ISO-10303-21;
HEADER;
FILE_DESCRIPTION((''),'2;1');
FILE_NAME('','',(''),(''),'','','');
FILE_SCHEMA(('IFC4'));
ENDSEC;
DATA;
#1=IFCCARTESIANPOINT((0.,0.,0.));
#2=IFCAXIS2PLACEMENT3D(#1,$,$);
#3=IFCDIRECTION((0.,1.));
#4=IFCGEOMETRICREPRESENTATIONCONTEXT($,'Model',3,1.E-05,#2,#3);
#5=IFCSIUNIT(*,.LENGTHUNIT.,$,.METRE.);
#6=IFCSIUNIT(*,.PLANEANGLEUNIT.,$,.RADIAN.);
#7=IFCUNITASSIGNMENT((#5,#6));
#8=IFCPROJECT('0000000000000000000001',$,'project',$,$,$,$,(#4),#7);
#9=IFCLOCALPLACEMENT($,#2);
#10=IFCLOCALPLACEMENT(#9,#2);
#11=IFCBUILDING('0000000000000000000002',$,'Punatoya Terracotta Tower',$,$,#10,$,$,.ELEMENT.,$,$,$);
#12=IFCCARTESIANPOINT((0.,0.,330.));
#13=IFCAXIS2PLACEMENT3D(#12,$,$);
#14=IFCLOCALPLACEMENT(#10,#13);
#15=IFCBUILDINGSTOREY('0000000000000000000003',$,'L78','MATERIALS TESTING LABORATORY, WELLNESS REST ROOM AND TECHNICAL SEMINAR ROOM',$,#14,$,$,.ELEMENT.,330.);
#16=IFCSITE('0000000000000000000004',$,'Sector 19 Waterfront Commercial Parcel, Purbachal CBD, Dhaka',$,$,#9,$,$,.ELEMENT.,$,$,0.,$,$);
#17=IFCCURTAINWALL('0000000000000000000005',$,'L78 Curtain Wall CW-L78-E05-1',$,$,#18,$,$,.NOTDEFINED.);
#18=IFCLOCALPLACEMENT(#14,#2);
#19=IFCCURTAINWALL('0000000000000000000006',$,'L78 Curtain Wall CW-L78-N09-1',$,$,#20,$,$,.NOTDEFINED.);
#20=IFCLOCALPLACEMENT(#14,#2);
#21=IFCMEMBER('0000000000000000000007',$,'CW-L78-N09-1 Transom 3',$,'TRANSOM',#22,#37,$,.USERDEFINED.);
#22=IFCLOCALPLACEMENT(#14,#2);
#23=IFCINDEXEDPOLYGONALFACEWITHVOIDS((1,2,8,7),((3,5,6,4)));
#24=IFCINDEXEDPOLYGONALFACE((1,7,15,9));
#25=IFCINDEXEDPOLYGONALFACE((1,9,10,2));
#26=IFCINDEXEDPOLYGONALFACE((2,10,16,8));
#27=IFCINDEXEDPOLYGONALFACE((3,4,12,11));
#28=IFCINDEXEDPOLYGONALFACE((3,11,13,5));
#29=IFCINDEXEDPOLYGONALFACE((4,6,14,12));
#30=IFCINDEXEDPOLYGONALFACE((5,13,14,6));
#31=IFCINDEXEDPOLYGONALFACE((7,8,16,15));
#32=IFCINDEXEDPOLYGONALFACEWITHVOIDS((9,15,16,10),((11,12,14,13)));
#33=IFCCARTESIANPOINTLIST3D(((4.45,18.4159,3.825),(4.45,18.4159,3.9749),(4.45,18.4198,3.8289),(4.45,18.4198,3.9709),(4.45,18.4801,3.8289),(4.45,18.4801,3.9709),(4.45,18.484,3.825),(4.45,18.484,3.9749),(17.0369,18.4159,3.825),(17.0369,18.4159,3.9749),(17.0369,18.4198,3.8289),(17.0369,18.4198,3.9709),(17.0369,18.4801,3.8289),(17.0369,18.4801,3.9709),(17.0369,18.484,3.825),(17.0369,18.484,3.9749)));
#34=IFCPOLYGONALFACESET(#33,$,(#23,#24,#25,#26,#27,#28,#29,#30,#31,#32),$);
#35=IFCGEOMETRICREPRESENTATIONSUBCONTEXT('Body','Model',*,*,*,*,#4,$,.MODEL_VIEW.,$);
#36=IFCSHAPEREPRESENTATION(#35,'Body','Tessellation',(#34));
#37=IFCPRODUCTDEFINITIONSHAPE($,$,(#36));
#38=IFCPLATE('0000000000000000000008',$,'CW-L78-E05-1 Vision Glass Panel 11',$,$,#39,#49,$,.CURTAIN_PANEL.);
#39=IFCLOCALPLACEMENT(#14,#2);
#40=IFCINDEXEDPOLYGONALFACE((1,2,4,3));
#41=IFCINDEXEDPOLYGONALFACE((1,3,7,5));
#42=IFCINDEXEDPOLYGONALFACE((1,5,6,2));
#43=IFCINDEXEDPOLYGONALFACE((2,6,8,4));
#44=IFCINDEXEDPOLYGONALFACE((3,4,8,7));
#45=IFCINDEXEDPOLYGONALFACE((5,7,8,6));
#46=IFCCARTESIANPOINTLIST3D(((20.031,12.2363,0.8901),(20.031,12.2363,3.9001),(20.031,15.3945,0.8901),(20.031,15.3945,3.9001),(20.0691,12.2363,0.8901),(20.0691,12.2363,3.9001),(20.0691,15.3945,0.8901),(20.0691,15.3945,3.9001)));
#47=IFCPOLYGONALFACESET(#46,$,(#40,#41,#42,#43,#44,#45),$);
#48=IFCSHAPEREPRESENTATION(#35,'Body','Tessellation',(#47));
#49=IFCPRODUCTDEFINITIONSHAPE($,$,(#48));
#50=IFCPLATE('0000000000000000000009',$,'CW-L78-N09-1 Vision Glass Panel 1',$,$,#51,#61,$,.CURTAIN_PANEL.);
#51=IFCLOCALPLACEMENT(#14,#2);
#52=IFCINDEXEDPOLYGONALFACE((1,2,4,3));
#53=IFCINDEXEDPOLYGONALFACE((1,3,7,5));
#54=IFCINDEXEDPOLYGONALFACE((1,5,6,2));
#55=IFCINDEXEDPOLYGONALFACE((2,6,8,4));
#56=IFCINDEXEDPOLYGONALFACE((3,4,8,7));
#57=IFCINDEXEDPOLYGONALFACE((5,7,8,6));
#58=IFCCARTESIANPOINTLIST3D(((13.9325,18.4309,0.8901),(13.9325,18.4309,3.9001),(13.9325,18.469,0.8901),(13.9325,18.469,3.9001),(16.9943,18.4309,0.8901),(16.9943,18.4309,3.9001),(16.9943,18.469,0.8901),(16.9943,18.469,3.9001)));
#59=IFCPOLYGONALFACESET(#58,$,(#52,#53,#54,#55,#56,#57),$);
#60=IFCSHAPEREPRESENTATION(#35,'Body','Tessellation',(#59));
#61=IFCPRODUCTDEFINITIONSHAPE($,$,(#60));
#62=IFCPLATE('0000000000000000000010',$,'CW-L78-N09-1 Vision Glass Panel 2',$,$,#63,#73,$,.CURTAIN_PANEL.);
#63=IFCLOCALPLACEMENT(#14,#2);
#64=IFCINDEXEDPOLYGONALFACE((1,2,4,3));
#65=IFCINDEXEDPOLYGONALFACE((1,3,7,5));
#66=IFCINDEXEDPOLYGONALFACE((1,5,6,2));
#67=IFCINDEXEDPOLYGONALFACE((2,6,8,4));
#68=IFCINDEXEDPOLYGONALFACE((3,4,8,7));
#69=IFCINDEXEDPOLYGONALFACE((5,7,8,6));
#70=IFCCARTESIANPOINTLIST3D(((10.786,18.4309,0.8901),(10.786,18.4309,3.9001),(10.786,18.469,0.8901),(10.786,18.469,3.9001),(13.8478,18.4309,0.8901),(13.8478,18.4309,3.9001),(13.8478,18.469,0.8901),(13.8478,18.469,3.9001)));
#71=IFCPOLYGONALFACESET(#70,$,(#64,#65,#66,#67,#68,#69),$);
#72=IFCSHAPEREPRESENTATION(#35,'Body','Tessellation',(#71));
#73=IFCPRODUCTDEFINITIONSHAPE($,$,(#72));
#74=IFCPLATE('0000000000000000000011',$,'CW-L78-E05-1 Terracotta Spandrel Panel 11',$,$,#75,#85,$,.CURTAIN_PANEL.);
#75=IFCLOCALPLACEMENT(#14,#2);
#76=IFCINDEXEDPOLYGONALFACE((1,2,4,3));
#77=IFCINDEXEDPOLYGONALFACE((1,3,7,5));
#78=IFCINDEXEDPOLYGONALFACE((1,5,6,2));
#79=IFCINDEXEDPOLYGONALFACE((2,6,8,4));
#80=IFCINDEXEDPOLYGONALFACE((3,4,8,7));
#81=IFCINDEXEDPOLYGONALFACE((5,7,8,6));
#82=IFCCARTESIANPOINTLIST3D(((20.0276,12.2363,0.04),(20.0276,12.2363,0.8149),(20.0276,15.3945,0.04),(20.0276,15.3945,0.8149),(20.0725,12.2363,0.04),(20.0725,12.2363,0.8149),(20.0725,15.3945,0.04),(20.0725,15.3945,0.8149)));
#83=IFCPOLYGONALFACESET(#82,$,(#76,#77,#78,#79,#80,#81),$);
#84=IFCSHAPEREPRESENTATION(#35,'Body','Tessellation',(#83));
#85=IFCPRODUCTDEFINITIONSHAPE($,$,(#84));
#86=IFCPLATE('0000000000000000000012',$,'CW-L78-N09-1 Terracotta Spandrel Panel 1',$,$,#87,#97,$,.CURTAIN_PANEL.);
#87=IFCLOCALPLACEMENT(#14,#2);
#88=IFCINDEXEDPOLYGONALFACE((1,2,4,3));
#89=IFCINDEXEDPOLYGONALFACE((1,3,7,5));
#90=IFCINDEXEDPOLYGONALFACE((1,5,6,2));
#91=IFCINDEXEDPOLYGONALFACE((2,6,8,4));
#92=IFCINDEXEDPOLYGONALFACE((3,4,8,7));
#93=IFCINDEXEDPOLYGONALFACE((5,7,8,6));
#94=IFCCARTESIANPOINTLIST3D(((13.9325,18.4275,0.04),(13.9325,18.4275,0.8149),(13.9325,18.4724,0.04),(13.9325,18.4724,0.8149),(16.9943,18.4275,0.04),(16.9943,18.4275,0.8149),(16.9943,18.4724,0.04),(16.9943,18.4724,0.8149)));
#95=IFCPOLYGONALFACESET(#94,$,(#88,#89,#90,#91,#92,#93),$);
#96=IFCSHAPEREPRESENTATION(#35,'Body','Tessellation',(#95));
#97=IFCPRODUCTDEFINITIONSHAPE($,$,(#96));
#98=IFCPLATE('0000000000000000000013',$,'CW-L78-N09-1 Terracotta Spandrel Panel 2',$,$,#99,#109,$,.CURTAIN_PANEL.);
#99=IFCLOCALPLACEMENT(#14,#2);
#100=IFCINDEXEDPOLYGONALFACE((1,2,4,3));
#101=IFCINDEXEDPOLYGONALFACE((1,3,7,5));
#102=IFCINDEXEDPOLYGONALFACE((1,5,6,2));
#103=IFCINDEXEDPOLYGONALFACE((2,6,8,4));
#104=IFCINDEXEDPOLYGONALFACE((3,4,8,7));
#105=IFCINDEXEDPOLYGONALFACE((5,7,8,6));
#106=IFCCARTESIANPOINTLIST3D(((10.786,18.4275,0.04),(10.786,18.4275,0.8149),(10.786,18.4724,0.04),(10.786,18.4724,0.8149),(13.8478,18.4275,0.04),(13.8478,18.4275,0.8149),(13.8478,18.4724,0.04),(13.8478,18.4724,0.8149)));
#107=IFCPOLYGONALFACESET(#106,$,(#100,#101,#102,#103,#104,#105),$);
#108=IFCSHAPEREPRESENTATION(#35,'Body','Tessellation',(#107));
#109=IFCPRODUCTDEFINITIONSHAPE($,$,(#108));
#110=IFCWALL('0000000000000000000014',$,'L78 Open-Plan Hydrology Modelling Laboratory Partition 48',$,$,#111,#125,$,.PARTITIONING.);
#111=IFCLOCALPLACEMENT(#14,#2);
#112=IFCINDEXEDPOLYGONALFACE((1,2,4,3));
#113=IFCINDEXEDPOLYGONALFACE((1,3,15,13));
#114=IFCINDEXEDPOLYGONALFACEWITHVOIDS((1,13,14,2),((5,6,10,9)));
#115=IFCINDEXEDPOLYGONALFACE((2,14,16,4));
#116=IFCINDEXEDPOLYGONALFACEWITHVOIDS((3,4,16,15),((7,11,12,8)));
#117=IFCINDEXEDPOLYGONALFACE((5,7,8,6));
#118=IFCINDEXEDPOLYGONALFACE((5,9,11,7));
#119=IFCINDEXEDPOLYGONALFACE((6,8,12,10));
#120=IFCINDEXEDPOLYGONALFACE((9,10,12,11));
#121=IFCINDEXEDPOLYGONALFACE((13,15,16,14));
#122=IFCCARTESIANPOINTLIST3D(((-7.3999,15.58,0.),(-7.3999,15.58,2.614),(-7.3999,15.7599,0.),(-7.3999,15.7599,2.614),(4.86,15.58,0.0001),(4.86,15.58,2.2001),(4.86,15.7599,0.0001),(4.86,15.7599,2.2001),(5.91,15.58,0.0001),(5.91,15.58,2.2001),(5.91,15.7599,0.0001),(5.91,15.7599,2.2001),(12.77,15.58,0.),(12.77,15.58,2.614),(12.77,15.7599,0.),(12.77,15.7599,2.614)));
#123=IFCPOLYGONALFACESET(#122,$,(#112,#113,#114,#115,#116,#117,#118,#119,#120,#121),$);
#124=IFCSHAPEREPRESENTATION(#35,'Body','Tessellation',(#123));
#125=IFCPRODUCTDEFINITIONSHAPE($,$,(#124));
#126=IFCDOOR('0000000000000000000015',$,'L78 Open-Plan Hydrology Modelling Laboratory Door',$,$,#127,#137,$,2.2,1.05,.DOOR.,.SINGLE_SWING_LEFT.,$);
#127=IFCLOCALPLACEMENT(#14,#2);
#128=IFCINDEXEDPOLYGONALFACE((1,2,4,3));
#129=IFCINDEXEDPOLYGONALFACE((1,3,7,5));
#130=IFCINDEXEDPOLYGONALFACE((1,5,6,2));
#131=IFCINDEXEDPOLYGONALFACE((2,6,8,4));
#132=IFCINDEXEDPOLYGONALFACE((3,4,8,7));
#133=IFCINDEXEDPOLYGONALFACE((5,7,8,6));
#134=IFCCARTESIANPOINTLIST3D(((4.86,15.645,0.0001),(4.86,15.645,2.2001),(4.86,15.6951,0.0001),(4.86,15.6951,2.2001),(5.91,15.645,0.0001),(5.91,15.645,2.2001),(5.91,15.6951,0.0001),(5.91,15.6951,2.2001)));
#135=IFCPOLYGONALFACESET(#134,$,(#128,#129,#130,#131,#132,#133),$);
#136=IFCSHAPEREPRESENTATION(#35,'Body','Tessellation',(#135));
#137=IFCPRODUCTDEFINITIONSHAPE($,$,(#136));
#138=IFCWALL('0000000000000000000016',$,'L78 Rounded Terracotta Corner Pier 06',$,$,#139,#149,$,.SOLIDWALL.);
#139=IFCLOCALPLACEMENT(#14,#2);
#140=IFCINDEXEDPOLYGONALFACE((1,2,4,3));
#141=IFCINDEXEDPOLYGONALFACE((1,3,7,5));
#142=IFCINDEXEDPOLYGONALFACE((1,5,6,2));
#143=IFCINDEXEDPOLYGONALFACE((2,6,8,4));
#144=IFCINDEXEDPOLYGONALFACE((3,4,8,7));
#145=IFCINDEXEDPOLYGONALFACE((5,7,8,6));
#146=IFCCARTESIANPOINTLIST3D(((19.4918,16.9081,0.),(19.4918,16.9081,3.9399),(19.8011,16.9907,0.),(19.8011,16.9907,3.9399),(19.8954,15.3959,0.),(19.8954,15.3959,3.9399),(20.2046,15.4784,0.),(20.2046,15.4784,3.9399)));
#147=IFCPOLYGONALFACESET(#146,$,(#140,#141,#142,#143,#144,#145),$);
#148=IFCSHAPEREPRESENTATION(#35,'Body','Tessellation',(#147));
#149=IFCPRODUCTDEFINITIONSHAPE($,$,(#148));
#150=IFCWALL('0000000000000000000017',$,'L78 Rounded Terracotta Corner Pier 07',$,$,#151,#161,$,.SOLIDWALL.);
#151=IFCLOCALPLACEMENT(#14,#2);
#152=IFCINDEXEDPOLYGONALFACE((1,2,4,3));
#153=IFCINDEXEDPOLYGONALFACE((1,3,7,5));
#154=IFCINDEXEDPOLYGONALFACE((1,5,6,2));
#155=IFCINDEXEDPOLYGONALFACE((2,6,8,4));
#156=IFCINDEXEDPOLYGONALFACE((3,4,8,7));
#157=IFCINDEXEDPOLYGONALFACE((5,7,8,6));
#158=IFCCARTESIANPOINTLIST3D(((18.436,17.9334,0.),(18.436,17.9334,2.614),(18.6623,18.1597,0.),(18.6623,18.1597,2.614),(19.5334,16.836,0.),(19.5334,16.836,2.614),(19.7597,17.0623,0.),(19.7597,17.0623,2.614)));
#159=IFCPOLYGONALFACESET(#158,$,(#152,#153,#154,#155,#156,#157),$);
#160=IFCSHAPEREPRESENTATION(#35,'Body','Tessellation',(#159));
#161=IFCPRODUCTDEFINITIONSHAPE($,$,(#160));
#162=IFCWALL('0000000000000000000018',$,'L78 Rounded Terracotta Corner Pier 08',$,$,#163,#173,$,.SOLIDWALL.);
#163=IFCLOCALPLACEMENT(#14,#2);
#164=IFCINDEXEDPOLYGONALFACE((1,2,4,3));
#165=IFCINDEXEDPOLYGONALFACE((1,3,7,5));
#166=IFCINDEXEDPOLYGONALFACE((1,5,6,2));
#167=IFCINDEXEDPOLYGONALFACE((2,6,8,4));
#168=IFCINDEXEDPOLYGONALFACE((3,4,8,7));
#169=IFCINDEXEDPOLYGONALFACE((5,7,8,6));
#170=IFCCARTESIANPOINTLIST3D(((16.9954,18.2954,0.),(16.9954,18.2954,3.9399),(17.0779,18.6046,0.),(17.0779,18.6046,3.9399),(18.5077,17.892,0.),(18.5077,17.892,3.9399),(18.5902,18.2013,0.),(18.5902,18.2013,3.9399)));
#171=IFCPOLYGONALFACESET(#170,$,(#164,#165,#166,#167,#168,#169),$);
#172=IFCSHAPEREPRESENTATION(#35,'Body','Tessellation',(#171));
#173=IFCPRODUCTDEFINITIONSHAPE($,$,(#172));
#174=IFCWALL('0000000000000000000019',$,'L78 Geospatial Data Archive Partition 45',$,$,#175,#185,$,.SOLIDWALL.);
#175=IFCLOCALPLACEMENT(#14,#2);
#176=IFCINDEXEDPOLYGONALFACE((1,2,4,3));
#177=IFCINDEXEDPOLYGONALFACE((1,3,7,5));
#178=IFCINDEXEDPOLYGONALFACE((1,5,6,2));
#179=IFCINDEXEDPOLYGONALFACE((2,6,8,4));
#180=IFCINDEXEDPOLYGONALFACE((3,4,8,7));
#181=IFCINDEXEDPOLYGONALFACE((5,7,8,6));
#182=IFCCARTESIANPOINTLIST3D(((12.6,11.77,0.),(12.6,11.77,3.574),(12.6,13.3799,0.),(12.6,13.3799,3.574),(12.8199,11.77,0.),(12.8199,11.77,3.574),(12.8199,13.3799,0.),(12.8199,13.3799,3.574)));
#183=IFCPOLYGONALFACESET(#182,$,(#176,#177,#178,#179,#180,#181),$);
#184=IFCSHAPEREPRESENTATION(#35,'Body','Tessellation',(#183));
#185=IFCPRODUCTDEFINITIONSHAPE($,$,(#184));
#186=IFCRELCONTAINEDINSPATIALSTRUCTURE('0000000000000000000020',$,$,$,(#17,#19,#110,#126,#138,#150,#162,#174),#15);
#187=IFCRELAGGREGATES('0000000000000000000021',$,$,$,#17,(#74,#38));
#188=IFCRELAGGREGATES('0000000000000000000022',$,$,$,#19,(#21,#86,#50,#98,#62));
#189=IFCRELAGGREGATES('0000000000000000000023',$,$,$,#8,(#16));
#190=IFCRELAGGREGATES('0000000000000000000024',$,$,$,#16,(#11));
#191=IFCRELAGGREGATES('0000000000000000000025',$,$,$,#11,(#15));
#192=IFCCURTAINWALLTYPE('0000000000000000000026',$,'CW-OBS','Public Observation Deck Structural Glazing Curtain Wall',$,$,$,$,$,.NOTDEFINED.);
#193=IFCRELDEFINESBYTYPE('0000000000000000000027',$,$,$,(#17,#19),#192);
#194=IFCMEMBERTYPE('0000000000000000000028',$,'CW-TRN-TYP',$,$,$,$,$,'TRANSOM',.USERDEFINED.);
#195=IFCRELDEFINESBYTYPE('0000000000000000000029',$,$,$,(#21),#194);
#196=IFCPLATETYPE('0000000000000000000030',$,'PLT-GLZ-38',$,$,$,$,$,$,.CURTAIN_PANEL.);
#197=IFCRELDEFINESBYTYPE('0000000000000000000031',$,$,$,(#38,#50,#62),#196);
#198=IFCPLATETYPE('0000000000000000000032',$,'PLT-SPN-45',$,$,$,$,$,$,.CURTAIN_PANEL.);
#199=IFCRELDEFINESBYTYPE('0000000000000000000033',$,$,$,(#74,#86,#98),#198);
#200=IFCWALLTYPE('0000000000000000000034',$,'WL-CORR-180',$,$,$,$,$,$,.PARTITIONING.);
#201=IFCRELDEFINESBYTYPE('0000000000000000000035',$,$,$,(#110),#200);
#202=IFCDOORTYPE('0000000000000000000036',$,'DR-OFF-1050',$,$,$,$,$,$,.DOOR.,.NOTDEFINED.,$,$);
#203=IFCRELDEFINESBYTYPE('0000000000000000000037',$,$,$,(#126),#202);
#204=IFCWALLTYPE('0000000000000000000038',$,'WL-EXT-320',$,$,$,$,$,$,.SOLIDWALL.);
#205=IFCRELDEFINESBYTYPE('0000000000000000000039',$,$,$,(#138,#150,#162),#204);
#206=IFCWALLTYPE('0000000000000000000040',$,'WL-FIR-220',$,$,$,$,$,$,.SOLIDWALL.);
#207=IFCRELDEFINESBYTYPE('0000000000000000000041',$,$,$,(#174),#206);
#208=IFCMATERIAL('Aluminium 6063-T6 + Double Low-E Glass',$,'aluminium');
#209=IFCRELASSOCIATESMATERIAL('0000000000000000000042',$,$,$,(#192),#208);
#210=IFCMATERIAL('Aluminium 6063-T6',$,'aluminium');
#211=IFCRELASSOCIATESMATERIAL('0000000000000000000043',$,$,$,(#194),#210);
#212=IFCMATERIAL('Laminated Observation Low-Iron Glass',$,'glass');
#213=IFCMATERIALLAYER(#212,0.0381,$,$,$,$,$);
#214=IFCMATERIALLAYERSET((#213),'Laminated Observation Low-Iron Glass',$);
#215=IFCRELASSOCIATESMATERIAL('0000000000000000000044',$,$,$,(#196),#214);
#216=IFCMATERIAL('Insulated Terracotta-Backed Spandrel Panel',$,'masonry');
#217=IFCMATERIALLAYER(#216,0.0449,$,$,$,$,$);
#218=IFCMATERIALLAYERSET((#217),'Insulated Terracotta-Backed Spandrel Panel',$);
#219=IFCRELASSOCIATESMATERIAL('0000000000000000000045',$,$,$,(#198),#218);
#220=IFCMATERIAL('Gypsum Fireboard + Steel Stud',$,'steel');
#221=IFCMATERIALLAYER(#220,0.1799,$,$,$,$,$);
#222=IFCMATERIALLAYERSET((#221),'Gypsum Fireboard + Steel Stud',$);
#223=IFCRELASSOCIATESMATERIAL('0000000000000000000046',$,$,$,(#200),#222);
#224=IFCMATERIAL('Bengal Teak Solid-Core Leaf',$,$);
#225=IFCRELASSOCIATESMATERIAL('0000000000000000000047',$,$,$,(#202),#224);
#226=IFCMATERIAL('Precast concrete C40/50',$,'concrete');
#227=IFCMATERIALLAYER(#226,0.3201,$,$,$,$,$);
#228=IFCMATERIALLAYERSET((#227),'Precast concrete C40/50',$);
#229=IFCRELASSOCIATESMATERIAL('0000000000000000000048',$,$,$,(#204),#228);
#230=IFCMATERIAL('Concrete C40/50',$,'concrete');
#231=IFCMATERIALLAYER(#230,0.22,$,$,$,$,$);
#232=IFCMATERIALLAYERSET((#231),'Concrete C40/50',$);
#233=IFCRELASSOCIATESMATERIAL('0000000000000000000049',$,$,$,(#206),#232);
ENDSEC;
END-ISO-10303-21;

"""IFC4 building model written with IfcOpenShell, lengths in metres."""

from ifc_helpers import new_model, si_unit, direction, frame, frame_2d, origin, origin_2d, place, context, subcontext, project, spatial, rectangle, hollow_rectangle, extrude, material, layer, layer_set, material_profile, profile_set, type_object, element, fill, aggregate, save


model = new_model("IFC4")

# Units and contexts
model_context = context("Model", 3, precision=1e-05, world=origin(), true_north=direction((0.0, 1.0)))
body_context = subcontext(model_context, "Body", "Model", "MODEL_VIEW")
ifc_project = project(units=[si_unit("LENGTHUNIT", "METRE"), si_unit("PLANEANGLEUNIT", "RADIAN")], contexts=[model_context])

# Site, building, storey
site_placement = place(None, origin())
site = spatial("IfcSite", under=ifc_project, at=site_placement, Name="Sector 19 Waterfront Commercial Parcel, Purbachal CBD, Dhaka", CompositionType="ELEMENT", RefElevation=0.0)
building_placement = place(site_placement, origin())
building = spatial("IfcBuilding", under=site, at=building_placement, Name="Punatoya Terracotta Tower", CompositionType="ELEMENT")
storey_placement = place(building_placement, frame((0.0, 0.0, 330.0)))
storey = spatial("IfcBuildingStorey", under=building, at=storey_placement, Name="L78", Description="MATERIALS TESTING LABORATORY, WELLNESS REST ROOM AND TECHNICAL SEMINAR ROOM", CompositionType="ELEMENT", Elevation=330.0)

# Curtain walls, member
ifc_material_1 = material(Name="Aluminium 6063-T6 + Double Low-E Glass", Category="aluminium")
curtain_wall_type = type_object("IfcCurtainWallType", Name="CW-OBS", Description="Public Observation Deck Structural Glazing Curtain Wall", PredefinedType="NOTDEFINED", material=ifc_material_1)
curtain_wall_1_placement = place(storey_placement, origin())
curtain_wall_1 = element("IfcCurtainWall", 1, at=curtain_wall_1_placement, inside=storey, type_object=curtain_wall_type, Name="L78 Curtain Wall CW-L78-E05-1", PredefinedType="NOTDEFINED")
ifc_material_2 = material(Name="Aluminium 6063-T6", Category="aluminium")
curtain_wall_2_placement = place(storey_placement, origin())
curtain_wall_2 = element("IfcCurtainWall", 2, at=curtain_wall_2_placement, inside=storey, type_object=curtain_wall_type, Name="L78 Curtain Wall CW-L78-N09-1", PredefinedType="NOTDEFINED")
ifc_material_profile_1 = material_profile(ifc_material_2, hollow_rectangle(XDim=0.0681, YDim=0.1499, WallThickness=0.0039, at=origin_2d()))
ifc_profile_set_1 = profile_set([ifc_material_profile_1], Name="Aluminium 6063-T6")
member_type_1 = type_object("IfcMemberType", Name="CW-TRN-TYP", ElementType="TRANSOM", PredefinedType="USERDEFINED", material=ifc_profile_set_1)
member_1_placement = place(storey_placement, frame((17.0369, 18.45, 3.8999), z_axis=(-1.0, 0.0, 0.0), x_axis=(0.0, -1.0, 0.0)))
member_1 = element("IfcMember", 3, at=member_1_placement, type_object=member_type_1, Name="CW-L78-N09-1 Transom 3", ObjectType="TRANSOM", PredefinedType="USERDEFINED", context=body_context, shape_type="SweptSolid", body=[
    extrude(hollow_rectangle(XDim=0.0681, YDim=0.1499, WallThickness=0.0039, at=origin_2d()), origin(), (0.0, 0.0, 1.0), 12.5869),
])

# Plates
ifc_material_3 = material(Name="Laminated Observation Low-Iron Glass", Category="glass")
ifc_layer_1 = layer(ifc_material_3, 0.0381)
ifc_layer_set_1 = layer_set([ifc_layer_1], Name="Laminated Observation Low-Iron Glass")
plate_type_1 = type_object("IfcPlateType", Name="PLT-GLZ-38", PredefinedType="CURTAIN_PANEL", material=ifc_layer_set_1)
plate_1_placement = place(storey_placement, frame((20.05, 13.8154, 0.8901), z_axis=(0.0, 0.0, 1.0), x_axis=(0.0, 1.0, 0.0)))
plate_1 = element("IfcPlate", 4, at=plate_1_placement, type_object=plate_type_1, Name="CW-L78-E05-1 Vision Glass Panel 11", PredefinedType="CURTAIN_PANEL", context=body_context, shape_type="SweptSolid", body=[
    extrude(rectangle(XDim=3.1582, YDim=0.0381, at=origin_2d()), origin(), (0.0, 0.0, 1.0), 3.01),
])
plate_2_placement = place(storey_placement, frame((15.4634, 18.45, 0.8901), z_axis=(0.0, 0.0, 1.0), x_axis=(-1.0, 0.0, 0.0)))
plate_2 = element("IfcPlate", 5, at=plate_2_placement, type_object=plate_type_1, Name="CW-L78-N09-1 Vision Glass Panel 1", PredefinedType="CURTAIN_PANEL", context=body_context, shape_type="SweptSolid", body=[
    extrude(rectangle(XDim=3.0618, YDim=0.0381, at=origin_2d()), origin(), (0.0, 0.0, 1.0), 3.01),
])
plate_3_placement = place(storey_placement, frame((12.3169, 18.45, 0.8901), z_axis=(0.0, 0.0, 1.0), x_axis=(-1.0, 0.0, 0.0)))
plate_3 = element("IfcPlate", 6, at=plate_3_placement, type_object=plate_type_1, Name="CW-L78-N09-1 Vision Glass Panel 2", PredefinedType="CURTAIN_PANEL", context=body_context, shape_type="SweptSolid", body=[
    extrude(rectangle(XDim=3.0618, YDim=0.0381, at=origin_2d()), origin(), (0.0, 0.0, 1.0), 3.01),
])
ifc_material_4 = material(Name="Insulated Terracotta-Backed Spandrel Panel", Category="masonry")
ifc_layer_2 = layer(ifc_material_4, 0.0449)
ifc_layer_set_2 = layer_set([ifc_layer_2], Name="Insulated Terracotta-Backed Spandrel Panel")
plate_type_2 = type_object("IfcPlateType", Name="PLT-SPN-45", PredefinedType="CURTAIN_PANEL", material=ifc_layer_set_2)
plate_4_placement = place(storey_placement, frame((20.05, 13.8154, 0.04), z_axis=(0.0, 0.0, 1.0), x_axis=(0.0, 1.0, 0.0)))
plate_4 = element("IfcPlate", 7, at=plate_4_placement, type_object=plate_type_2, Name="CW-L78-E05-1 Terracotta Spandrel Panel 11", PredefinedType="CURTAIN_PANEL", context=body_context, shape_type="SweptSolid", body=[
    extrude(rectangle(XDim=3.1582, YDim=0.0449, at=origin_2d()), origin(), (0.0, 0.0, 1.0), 0.7749),
])
aggregate(curtain_wall_1, [plate_4, plate_1])
plate_5_placement = place(storey_placement, frame((15.4634, 18.45, 0.04), z_axis=(0.0, 0.0, 1.0), x_axis=(-1.0, 0.0, 0.0)))
plate_5 = element("IfcPlate", 8, at=plate_5_placement, type_object=plate_type_2, Name="CW-L78-N09-1 Terracotta Spandrel Panel 1", PredefinedType="CURTAIN_PANEL", context=body_context, shape_type="SweptSolid", body=[
    extrude(rectangle(XDim=3.0618, YDim=0.0449, at=origin_2d()), origin(), (0.0, 0.0, 1.0), 0.7749),
])
plate_6_placement = place(storey_placement, frame((12.3169, 18.45, 0.04), z_axis=(0.0, 0.0, 1.0), x_axis=(-1.0, 0.0, 0.0)))
plate_6 = element("IfcPlate", 9, at=plate_6_placement, type_object=plate_type_2, Name="CW-L78-N09-1 Terracotta Spandrel Panel 2", PredefinedType="CURTAIN_PANEL", context=body_context, shape_type="SweptSolid", body=[
    extrude(rectangle(XDim=3.0618, YDim=0.0449, at=origin_2d()), origin(), (0.0, 0.0, 1.0), 0.7749),
])
aggregate(curtain_wall_2, [member_1, plate_5, plate_2, plate_6, plate_3])

# Wall, opening, door
ifc_material_5 = material(Name="Gypsum Fireboard + Steel Stud", Category="steel")
ifc_layer_3 = layer(ifc_material_5, 0.1799)
ifc_layer_set_3 = layer_set([ifc_layer_3], Name="Gypsum Fireboard + Steel Stud")
wall_type_1 = type_object("IfcWallType", Name="WL-CORR-180", PredefinedType="PARTITIONING", material=ifc_layer_set_3)
wall_1_placement = place(storey_placement, frame((12.77, 15.6699, 0.0), z_axis=(0.0, 0.0, 1.0), x_axis=(-1.0, 0.0, 0.0)))
wall_1 = element("IfcWall", 10, at=wall_1_placement, inside=storey, type_object=wall_type_1, Name="L78 Open-Plan Hydrology Modelling Laboratory Partition 48", PredefinedType="PARTITIONING", context=body_context, shape_type="SweptSolid", body=[
    extrude(rectangle(XDim=20.1699, YDim=0.1799, at=frame_2d((10.085, 0.0))), origin(), (0.0, 0.0, 1.0), 2.614),
])
opening_placement = place(wall_1_placement, frame((6.8601, 0.0, 0.0)))
opening = element("IfcOpeningElement", 11, at=opening_placement, cuts=wall_1, PredefinedType="OPENING", context=body_context, shape_type="SweptSolid", body=[
    extrude(rectangle(XDim=1.05, YDim=2.2, at=frame_2d((0.5249, 1.1001))), frame((0.0, 0.0999, 0.0), z_axis=(0.0, -1.0, 0.0), x_axis=(1.0, 0.0, 0.0)), (0.0, 0.0, 1.0), 0.2),
])
ifc_material_6 = material(Name="Bengal Teak Solid-Core Leaf")
door_type = type_object("IfcDoorType", Name="DR-OFF-1050", OperationType="NOTDEFINED", PredefinedType="DOOR", material=ifc_material_6)
door_placement = place(opening_placement, origin())
door = element("IfcDoor", 12, at=door_placement, inside=storey, type_object=door_type, Name="L78 Open-Plan Hydrology Modelling Laboratory Door", OperationType="SINGLE_SWING_LEFT", OverallHeight=2.2, OverallWidth=1.05, PredefinedType="DOOR", context=body_context, shape_type="SweptSolid", body=[
    extrude(rectangle(XDim=1.05, YDim=2.2, at=frame_2d((0.5249, 1.1001))), frame((0.0, 0.0249, 0.0), z_axis=(0.0, -1.0, 0.0), x_axis=(1.0, 0.0, 0.0)), (0.0, 0.0, 1.0), 0.05),
])
fill(opening, door)

# Walls
ifc_material_7 = material(Name="Precast concrete C40/50", Category="concrete")
ifc_layer_4 = layer(ifc_material_7, 0.3201)
ifc_layer_set_4 = layer_set([ifc_layer_4], Name="Precast concrete C40/50")
wall_type_2 = type_object("IfcWallType", Name="WL-EXT-320", PredefinedType="SOLIDWALL", material=ifc_layer_set_4)
wall_2_placement = place(storey_placement, frame((20.05, 15.437, 0.0), z_axis=(0.0, 0.0, 1.0), x_axis=(-0.257847, 0.966186, 0.0)))
element("IfcWall", 13, at=wall_2_placement, inside=storey, type_object=wall_type_2, Name="L78 Rounded Terracotta Corner Pier 06", PredefinedType="SOLIDWALL", context=body_context, shape_type="SweptSolid", body=[
    extrude(rectangle(XDim=1.5652, YDim=0.3201, at=frame_2d((0.7827, 0.0))), origin(), (0.0, 0.0, 1.0), 3.9399),
])
wall_3_placement = place(storey_placement, frame((19.6465, 16.9492, 0.0), z_axis=(0.0, 0.0, 1.0), x_axis=(-0.707107, 0.707107, 0.0)))
element("IfcWall", 14, at=wall_3_placement, inside=storey, type_object=wall_type_2, Name="L78 Rounded Terracotta Corner Pier 07", PredefinedType="SOLIDWALL", context=body_context, shape_type="SweptSolid", body=[
    extrude(rectangle(XDim=1.552, YDim=0.3201, at=frame_2d((0.7759, 0.0))), origin(), (0.0, 0.0, 1.0), 2.614),
])
wall_4_placement = place(storey_placement, frame((18.5491, 18.0466, 0.0), z_axis=(0.0, 0.0, 1.0), x_axis=(-0.966225, 0.257701, 0.0)))
element("IfcWall", 15, at=wall_4_placement, inside=storey, type_object=wall_type_2, Name="L78 Rounded Terracotta Corner Pier 08", PredefinedType="SOLIDWALL", context=body_context, shape_type="SweptSolid", body=[
    extrude(rectangle(XDim=1.5652, YDim=0.3201, at=frame_2d((0.7827, 0.0))), origin(), (0.0, 0.0, 1.0), 3.9399),
])
ifc_material_8 = material(Name="Concrete C40/50", Category="concrete")
ifc_layer_5 = layer(ifc_material_8, 0.22)
ifc_layer_set_5 = layer_set([ifc_layer_5], Name="Concrete C40/50")
wall_type_3 = type_object("IfcWallType", Name="WL-FIR-220", PredefinedType="SOLIDWALL", material=ifc_layer_set_5)
wall_5_placement = place(storey_placement, frame((12.71, 11.77, 0.0), z_axis=(0.0, 0.0, 1.0), x_axis=(0.0, 1.0, 0.0)))
element("IfcWall", 16, at=wall_5_placement, inside=storey, type_object=wall_type_3, Name="L78 Geospatial Data Archive Partition 45", PredefinedType="SOLIDWALL", context=body_context, shape_type="SweptSolid", body=[
    extrude(rectangle(XDim=1.6099, YDim=0.22, at=frame_2d((0.8049, 0.0))), origin(), (0.0, 0.0, 1.0), 3.574),
])

save(model, "model.ifc")
